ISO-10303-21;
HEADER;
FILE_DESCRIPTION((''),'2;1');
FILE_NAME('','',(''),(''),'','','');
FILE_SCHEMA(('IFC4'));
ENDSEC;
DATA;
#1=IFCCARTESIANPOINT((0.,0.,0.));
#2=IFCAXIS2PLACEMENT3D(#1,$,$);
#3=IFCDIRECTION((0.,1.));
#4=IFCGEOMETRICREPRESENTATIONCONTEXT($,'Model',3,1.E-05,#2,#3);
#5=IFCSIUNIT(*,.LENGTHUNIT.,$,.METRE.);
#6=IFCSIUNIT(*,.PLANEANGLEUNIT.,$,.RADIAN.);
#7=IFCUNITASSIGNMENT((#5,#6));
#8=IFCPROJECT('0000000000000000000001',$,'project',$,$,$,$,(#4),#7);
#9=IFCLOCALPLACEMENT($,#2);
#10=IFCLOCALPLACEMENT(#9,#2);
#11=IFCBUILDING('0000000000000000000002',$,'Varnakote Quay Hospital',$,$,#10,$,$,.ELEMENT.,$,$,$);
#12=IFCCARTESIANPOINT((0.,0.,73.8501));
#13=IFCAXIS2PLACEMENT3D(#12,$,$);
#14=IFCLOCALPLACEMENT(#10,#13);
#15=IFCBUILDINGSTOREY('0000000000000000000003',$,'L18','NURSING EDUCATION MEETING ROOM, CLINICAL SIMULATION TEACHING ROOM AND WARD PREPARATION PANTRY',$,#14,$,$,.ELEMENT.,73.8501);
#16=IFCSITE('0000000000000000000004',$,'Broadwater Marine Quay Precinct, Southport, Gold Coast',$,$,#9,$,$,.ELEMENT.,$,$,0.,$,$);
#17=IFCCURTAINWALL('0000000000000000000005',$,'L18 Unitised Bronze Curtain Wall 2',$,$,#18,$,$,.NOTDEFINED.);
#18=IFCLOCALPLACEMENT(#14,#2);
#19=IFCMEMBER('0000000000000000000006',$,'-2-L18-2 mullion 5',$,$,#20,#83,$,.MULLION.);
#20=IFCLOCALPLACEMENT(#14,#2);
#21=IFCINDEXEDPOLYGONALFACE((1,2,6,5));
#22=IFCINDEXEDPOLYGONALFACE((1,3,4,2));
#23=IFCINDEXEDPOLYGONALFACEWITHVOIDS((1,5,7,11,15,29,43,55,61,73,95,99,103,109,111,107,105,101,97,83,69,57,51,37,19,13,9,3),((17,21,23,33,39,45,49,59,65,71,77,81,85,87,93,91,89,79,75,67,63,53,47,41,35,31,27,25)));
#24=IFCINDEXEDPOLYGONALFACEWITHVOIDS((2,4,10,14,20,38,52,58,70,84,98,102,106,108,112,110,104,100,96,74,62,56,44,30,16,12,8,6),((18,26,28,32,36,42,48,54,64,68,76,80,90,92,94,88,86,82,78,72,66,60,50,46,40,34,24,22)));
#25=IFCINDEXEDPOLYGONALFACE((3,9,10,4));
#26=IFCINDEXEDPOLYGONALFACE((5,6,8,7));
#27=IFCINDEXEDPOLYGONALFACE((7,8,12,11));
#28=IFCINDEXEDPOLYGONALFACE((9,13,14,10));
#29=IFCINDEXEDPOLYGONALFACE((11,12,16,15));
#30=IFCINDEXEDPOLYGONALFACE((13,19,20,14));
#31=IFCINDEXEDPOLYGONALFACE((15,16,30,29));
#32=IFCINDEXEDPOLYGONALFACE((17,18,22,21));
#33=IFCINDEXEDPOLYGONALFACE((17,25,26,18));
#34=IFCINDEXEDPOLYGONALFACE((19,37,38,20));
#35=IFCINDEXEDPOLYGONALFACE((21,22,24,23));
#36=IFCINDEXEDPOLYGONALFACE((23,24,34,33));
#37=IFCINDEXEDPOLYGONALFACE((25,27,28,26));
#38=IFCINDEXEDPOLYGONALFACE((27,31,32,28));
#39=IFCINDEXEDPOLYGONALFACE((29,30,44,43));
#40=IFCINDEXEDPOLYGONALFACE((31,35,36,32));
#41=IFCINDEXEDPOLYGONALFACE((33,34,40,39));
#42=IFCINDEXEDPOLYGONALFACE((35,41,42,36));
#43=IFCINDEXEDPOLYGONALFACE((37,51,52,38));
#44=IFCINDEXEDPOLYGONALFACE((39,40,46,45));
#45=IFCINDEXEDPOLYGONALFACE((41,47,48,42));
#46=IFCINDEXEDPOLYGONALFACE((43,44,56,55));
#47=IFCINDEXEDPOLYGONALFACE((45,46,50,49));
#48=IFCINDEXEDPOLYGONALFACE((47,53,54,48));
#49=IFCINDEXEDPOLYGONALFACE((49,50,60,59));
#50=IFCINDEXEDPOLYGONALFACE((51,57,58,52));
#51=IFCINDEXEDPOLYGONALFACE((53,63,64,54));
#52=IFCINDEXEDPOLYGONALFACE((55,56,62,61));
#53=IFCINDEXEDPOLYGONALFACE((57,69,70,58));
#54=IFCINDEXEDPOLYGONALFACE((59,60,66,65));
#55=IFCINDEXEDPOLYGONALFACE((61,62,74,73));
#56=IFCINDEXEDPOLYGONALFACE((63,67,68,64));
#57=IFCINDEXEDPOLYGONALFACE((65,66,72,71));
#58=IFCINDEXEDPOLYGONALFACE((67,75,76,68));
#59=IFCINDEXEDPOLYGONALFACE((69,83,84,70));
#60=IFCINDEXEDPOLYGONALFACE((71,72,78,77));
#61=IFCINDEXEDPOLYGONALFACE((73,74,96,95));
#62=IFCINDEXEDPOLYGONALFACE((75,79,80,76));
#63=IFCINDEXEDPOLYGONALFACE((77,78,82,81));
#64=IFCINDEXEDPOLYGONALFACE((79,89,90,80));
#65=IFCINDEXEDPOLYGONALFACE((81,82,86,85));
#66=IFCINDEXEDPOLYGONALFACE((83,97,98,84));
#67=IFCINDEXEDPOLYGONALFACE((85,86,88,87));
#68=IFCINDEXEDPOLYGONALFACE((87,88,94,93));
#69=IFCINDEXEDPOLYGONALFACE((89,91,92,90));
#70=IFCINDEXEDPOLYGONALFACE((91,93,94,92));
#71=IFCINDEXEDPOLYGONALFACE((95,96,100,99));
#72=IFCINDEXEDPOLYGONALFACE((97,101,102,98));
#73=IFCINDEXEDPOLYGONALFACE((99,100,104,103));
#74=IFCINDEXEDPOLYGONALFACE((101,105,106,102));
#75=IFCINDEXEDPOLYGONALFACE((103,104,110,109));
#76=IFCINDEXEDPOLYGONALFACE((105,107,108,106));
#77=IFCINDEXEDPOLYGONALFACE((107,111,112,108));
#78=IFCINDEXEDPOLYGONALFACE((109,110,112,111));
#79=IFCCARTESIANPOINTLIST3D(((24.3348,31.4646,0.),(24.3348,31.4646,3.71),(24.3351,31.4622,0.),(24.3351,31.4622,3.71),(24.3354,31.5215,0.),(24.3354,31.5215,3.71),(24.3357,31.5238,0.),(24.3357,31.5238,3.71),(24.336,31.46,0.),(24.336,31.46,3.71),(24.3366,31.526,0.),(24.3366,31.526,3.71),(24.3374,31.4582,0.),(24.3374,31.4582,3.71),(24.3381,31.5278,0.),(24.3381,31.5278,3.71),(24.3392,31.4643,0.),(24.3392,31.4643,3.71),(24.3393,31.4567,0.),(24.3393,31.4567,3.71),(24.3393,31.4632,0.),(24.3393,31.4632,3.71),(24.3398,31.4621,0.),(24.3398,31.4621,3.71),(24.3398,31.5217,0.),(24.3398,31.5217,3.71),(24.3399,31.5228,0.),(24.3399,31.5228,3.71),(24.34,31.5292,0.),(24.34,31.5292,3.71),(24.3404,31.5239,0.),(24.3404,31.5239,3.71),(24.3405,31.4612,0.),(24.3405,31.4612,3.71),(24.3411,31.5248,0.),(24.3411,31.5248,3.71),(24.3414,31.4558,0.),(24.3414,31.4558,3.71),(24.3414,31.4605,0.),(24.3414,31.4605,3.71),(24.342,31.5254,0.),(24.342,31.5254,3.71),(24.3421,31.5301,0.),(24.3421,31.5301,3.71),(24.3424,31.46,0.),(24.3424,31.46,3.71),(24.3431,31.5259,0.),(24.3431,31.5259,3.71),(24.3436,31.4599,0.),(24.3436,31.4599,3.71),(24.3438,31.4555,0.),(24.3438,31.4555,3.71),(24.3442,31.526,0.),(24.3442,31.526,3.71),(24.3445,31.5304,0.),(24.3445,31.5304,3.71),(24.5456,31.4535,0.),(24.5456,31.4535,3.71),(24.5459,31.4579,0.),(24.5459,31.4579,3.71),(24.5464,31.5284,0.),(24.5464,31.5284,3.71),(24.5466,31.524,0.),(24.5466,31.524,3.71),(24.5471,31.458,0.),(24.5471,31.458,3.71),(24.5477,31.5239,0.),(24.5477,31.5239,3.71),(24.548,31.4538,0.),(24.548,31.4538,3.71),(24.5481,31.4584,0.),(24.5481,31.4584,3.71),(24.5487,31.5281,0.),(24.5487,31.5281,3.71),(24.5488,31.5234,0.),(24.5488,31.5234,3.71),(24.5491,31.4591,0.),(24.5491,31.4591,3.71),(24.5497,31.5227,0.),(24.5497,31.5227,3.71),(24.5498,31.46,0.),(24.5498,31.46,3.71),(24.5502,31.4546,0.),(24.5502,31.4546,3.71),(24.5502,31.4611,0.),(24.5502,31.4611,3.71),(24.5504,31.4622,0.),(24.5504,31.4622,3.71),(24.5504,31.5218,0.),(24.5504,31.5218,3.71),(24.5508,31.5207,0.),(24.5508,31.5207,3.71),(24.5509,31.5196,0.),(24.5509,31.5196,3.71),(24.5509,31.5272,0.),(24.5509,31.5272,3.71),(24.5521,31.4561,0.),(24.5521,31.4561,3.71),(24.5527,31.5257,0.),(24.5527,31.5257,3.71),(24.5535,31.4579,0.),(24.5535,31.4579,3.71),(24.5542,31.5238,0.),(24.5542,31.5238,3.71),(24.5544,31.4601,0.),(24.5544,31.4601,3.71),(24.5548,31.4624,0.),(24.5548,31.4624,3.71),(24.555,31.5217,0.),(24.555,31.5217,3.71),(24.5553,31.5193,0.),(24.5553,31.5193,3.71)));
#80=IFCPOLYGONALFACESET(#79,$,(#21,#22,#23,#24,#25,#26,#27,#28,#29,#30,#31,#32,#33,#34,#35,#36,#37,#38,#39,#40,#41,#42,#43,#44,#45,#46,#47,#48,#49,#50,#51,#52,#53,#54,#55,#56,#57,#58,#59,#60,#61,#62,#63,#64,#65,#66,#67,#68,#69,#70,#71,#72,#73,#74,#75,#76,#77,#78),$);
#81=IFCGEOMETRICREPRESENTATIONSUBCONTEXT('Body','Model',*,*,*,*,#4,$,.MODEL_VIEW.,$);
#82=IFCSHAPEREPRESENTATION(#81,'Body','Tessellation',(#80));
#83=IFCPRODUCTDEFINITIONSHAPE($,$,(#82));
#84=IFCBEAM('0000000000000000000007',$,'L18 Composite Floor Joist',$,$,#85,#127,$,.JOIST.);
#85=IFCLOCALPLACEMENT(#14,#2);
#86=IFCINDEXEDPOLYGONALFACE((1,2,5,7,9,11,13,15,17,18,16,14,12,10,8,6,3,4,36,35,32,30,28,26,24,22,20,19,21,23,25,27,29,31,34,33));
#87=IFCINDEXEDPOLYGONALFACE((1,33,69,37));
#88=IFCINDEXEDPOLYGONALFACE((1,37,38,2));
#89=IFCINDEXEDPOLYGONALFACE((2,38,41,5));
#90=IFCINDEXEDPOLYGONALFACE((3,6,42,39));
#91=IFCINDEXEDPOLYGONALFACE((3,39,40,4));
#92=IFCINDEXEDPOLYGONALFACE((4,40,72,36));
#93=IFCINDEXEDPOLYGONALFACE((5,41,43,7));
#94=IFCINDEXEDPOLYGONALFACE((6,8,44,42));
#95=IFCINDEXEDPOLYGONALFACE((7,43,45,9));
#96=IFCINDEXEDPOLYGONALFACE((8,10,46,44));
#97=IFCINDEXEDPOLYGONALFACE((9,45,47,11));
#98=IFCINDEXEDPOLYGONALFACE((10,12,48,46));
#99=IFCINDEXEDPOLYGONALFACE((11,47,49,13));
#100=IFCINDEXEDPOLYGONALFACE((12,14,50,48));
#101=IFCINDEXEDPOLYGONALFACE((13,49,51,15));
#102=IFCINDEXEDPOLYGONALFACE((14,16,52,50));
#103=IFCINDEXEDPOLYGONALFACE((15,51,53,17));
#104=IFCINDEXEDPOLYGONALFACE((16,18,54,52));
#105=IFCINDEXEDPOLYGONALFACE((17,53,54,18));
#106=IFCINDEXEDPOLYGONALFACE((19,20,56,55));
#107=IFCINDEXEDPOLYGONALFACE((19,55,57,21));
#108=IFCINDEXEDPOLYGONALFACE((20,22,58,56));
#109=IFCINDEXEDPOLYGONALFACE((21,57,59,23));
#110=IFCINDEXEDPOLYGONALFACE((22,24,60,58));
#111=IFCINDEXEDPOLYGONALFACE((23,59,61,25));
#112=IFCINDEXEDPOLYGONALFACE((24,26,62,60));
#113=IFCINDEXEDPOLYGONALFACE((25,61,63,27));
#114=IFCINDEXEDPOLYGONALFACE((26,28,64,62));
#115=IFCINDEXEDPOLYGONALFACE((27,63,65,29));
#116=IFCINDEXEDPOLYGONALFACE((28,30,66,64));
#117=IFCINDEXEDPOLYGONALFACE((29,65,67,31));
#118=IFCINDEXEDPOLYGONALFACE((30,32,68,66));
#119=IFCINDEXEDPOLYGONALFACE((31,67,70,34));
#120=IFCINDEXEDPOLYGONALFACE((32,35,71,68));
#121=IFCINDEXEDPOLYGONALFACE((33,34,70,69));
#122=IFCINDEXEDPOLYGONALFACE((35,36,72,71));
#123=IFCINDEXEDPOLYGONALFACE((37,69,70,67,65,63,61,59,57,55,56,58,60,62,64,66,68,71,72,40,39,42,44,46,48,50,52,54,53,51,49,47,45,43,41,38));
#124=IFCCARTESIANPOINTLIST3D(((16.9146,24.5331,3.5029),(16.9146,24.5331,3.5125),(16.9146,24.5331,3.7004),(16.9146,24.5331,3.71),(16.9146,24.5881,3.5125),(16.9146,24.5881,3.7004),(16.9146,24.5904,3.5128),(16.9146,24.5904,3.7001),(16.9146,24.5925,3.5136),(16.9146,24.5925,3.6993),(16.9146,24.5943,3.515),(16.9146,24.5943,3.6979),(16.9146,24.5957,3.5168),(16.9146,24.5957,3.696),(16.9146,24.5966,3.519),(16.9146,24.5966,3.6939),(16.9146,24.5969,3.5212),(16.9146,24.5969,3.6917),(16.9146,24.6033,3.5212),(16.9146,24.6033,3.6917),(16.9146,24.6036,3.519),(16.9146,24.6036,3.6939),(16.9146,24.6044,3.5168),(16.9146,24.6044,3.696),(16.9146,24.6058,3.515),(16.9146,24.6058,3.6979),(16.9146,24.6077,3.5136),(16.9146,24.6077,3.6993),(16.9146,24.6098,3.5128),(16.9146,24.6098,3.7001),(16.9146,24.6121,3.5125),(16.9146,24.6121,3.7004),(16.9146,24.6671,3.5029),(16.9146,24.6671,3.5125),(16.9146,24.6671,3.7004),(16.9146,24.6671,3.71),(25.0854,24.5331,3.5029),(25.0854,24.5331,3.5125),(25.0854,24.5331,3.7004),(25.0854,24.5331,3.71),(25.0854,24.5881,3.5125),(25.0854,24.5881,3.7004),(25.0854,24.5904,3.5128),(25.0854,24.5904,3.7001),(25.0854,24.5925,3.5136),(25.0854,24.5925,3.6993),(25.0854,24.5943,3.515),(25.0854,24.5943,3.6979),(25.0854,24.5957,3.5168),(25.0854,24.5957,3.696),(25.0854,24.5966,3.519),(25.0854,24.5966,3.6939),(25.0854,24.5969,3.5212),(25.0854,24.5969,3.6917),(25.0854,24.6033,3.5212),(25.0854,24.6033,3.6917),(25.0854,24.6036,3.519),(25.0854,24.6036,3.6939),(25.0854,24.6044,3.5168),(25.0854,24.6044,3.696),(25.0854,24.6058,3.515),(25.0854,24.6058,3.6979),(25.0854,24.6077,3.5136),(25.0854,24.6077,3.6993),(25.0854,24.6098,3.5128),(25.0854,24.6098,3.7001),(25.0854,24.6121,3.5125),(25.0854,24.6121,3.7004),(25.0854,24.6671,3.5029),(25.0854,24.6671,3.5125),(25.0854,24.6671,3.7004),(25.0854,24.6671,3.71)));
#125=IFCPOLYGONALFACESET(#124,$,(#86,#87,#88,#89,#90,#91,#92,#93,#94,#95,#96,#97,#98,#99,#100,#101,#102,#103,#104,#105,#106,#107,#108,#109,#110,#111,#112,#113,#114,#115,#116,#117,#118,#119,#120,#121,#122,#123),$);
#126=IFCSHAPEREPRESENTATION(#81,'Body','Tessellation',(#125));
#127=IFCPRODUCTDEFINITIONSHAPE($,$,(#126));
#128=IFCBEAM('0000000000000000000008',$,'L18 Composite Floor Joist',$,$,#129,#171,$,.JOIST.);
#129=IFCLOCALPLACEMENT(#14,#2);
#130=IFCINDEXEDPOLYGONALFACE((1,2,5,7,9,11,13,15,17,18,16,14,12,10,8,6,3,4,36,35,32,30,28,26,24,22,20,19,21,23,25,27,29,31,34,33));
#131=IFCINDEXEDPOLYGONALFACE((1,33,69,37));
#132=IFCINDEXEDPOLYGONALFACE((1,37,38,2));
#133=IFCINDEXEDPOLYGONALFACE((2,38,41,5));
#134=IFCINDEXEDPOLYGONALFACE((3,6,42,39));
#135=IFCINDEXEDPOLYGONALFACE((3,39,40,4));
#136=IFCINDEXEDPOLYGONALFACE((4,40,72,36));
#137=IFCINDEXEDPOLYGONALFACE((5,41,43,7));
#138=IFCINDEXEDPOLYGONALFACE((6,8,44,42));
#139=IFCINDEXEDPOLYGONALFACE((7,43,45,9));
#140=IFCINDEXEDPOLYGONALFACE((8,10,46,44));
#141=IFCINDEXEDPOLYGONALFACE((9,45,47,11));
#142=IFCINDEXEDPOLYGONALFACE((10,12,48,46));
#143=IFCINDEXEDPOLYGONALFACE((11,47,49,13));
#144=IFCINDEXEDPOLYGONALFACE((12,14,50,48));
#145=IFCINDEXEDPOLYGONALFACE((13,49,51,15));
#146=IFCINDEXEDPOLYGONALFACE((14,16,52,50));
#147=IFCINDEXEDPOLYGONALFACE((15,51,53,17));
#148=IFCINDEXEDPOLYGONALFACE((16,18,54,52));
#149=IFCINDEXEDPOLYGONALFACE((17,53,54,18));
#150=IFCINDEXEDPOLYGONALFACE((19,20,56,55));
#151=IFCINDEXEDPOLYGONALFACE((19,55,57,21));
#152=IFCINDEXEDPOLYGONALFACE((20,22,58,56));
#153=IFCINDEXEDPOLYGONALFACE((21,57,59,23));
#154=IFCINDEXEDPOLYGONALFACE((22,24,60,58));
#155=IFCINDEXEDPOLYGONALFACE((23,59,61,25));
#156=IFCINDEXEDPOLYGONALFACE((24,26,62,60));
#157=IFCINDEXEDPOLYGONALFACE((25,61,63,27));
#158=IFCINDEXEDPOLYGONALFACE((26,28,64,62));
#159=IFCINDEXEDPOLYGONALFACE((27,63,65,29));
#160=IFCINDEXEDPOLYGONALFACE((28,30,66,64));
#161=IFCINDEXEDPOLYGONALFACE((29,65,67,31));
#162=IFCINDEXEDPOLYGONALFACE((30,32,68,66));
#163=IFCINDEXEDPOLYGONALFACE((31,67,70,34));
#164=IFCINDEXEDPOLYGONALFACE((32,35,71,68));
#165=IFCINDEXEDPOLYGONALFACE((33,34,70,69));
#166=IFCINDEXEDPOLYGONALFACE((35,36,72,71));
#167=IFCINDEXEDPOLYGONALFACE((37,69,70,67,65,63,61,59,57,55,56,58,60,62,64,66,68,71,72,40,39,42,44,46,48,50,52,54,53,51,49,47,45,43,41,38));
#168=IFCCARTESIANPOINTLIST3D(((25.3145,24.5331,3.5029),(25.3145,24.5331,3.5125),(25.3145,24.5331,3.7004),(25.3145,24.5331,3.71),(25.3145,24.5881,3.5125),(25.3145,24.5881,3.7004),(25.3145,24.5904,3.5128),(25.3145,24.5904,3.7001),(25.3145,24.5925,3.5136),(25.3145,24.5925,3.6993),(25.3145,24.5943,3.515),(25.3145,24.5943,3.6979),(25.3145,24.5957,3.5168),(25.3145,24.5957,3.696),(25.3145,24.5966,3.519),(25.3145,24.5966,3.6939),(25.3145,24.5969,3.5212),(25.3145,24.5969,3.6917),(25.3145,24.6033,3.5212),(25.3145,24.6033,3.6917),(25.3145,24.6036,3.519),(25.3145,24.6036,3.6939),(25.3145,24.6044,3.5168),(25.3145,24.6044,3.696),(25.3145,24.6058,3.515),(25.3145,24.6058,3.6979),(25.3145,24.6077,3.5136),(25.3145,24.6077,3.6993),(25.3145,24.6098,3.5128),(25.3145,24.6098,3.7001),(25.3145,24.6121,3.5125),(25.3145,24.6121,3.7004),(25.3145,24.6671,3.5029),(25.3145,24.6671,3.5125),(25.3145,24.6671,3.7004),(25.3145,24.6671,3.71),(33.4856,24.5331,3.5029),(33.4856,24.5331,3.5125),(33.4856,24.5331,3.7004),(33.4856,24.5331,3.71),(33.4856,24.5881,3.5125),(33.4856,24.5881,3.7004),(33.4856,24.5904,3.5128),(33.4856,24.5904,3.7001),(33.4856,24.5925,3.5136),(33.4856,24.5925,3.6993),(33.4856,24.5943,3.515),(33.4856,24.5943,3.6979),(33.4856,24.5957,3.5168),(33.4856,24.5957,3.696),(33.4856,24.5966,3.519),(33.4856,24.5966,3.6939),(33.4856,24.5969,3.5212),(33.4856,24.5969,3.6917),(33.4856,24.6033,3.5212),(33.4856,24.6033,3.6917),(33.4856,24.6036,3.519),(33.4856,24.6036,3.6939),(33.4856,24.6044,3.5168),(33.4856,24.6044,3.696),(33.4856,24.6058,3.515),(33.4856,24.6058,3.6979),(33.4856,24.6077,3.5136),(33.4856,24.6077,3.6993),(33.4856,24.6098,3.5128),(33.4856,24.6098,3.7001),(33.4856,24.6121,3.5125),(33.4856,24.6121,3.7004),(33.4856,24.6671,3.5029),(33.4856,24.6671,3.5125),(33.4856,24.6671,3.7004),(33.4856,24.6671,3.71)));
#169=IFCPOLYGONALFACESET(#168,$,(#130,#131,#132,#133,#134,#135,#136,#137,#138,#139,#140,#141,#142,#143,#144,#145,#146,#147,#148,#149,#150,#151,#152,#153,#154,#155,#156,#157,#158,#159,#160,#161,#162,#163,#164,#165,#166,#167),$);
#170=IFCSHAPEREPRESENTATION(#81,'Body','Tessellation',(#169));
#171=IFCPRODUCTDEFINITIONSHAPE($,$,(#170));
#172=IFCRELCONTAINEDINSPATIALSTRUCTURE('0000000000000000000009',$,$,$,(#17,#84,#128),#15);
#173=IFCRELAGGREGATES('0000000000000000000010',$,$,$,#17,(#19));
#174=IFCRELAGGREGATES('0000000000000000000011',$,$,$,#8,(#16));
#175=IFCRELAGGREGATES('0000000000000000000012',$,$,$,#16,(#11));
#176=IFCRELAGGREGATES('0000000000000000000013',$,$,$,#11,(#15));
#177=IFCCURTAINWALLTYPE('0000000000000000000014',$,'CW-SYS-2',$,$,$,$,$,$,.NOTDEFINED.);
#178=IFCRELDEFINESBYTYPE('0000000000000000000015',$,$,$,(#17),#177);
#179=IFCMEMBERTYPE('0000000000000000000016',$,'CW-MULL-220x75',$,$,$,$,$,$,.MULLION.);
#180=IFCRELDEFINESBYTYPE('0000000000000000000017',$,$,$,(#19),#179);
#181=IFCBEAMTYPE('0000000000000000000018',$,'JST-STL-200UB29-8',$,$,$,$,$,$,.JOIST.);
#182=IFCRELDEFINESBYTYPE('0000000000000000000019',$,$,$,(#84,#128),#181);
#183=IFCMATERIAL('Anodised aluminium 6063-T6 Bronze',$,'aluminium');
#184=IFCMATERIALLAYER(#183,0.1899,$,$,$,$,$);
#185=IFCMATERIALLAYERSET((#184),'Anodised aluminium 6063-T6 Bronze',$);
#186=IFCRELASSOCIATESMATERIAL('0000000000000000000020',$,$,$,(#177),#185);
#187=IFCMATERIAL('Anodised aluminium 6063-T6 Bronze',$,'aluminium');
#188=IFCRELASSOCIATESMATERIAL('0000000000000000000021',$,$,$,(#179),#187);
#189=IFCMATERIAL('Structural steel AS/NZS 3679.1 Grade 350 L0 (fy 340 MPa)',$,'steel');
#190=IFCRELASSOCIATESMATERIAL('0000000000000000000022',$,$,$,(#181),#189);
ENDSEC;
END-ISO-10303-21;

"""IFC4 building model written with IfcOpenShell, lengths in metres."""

from ifc_helpers import new_model, si_unit, direction, frame, origin, origin_2d, place, context, subcontext, project, spatial, hollow_rectangle, i_section, extrude, material, layer, layer_set, material_profile, profile_set, type_object, element, aggregate, save


model = new_model("IFC4")

# Units and contexts
model_context = context("Model", 3, precision=1e-05, world=origin(), true_north=direction((0.0, 1.0)))
body_context = subcontext(model_context, "Body", "Model", "MODEL_VIEW")
ifc_project = project(units=[si_unit("LENGTHUNIT", "METRE"), si_unit("PLANEANGLEUNIT", "RADIAN")], contexts=[model_context])

# Site, building, storey
site_placement = place(None, origin())
site = spatial("IfcSite", under=ifc_project, at=site_placement, Name="Broadwater Marine Quay Precinct, Southport, Gold Coast", CompositionType="ELEMENT", RefElevation=0.0)
building_placement = place(site_placement, origin())
building = spatial("IfcBuilding", under=site, at=building_placement, Name="Varnakote Quay Hospital", CompositionType="ELEMENT")
storey_placement = place(building_placement, frame((0.0, 0.0, 73.8501)))
storey = spatial("IfcBuildingStorey", under=building, at=storey_placement, Name="L18", Description="NURSING EDUCATION MEETING ROOM, CLINICAL SIMULATION TEACHING ROOM AND WARD PREPARATION PANTRY", CompositionType="ELEMENT", Elevation=73.8501)

# Curtain wall, member
ifc_material_1 = material(Name="Anodised aluminium 6063-T6 Bronze", Category="aluminium")
ifc_layer_1 = layer(ifc_material_1, 0.1899)
ifc_layer_set_1 = layer_set([ifc_layer_1], Name="Anodised aluminium 6063-T6 Bronze")
curtain_wall_type = type_object("IfcCurtainWallType", Name="CW-SYS-2", PredefinedType="NOTDEFINED", material=ifc_layer_set_1)
curtain_wall_placement = place(storey_placement, origin())
curtain_wall = element("IfcCurtainWall", 1, at=curtain_wall_placement, inside=storey, type_object=curtain_wall_type, Name="L18 Unitised Bronze Curtain Wall 2", PredefinedType="NOTDEFINED")
ifc_material_2 = material(Name="Anodised aluminium 6063-T6 Bronze", Category="aluminium")
ifc_material_profile_1 = material_profile(ifc_material_2, hollow_rectangle(XDim=0.075, YDim=0.22, WallThickness=0.0044, InnerFilletRadius=0.0044, OuterFilletRadius=0.009, at=origin_2d()), Name="CW-MULL-220x75")
ifc_profile_set_1 = profile_set([ifc_material_profile_1], Name="Anodised aluminium 6063-T6 Bronze")
member_type = type_object("IfcMemberType", Name="CW-MULL-220x75", PredefinedType="MULLION", material=ifc_profile_set_1)
member_placement = place(storey_placement, frame((24.4451, 31.4919, 0.0), z_axis=(0.0, 0.0, 1.0), x_axis=(-0.009774, -0.999952, 0.0)))
member = element("IfcMember", 2, at=member_placement, type_object=member_type, Name="-2-L18-2 mullion 5", PredefinedType="MULLION", context=body_context, shape_type="SweptSolid", body=[
    extrude(hollow_rectangle(XDim=0.075, YDim=0.22, WallThickness=0.0044, InnerFilletRadius=0.0044, OuterFilletRadius=0.009, at=origin_2d()), origin(), (0.0, 0.0, 1.0), 3.71),
])
aggregate(curtain_wall, [member])

# Beams
ifc_material_3 = material(Name="Structural steel AS/NZS 3679.1 Grade 350 L0 (fy 340 MPa)", Category="steel")
ifc_material_profile_2 = material_profile(ifc_material_3, i_section(OverallWidth=0.134, OverallDepth=0.207, WebThickness=0.0063, FlangeThickness=0.0095, FilletRadius=0.0088, at=origin_2d()), Name="200UB29.8")
ifc_profile_set_2 = profile_set([ifc_material_profile_2], Name="Structural steel AS/NZS 3679.1 Grade 350 L0 (fy 340 MPa)")
beam_type_1 = type_object("IfcBeamType", Name="JST-STL-200UB29-8", PredefinedType="JOIST", material=ifc_profile_set_2)
beam_1_placement = place(storey_placement, frame((16.9146, 24.6001, 3.6064), z_axis=(1.0, 0.0, 0.0), x_axis=(0.0, 1.0, 0.0)))
element("IfcBeam", 3, at=beam_1_placement, inside=storey, type_object=beam_type_1, Name="L18 Composite Floor Joist", PredefinedType="JOIST", context=body_context, shape_type="SweptSolid", body=[
    extrude(i_section(OverallWidth=0.134, OverallDepth=0.207, WebThickness=0.0063, FlangeThickness=0.0095, FilletRadius=0.0088, at=origin_2d()), origin(), (0.0, 0.0, 1.0), 8.1709),
])
beam_2_placement = place(storey_placement, frame((25.3145, 24.6001, 3.6064), z_axis=(1.0, 0.0, 0.0), x_axis=(0.0, 1.0, 0.0)))
element("IfcBeam", 4, at=beam_2_placement, inside=storey, type_object=beam_type_1, Name="L18 Composite Floor Joist", PredefinedType="JOIST", context=body_context, shape_type="SweptSolid", body=[
    extrude(i_section(OverallWidth=0.134, OverallDepth=0.207, WebThickness=0.0063, FlangeThickness=0.0095, FilletRadius=0.0088, at=origin_2d()), origin(), (0.0, 0.0, 1.0), 8.1711),
])

save(model, "model.ifc")
